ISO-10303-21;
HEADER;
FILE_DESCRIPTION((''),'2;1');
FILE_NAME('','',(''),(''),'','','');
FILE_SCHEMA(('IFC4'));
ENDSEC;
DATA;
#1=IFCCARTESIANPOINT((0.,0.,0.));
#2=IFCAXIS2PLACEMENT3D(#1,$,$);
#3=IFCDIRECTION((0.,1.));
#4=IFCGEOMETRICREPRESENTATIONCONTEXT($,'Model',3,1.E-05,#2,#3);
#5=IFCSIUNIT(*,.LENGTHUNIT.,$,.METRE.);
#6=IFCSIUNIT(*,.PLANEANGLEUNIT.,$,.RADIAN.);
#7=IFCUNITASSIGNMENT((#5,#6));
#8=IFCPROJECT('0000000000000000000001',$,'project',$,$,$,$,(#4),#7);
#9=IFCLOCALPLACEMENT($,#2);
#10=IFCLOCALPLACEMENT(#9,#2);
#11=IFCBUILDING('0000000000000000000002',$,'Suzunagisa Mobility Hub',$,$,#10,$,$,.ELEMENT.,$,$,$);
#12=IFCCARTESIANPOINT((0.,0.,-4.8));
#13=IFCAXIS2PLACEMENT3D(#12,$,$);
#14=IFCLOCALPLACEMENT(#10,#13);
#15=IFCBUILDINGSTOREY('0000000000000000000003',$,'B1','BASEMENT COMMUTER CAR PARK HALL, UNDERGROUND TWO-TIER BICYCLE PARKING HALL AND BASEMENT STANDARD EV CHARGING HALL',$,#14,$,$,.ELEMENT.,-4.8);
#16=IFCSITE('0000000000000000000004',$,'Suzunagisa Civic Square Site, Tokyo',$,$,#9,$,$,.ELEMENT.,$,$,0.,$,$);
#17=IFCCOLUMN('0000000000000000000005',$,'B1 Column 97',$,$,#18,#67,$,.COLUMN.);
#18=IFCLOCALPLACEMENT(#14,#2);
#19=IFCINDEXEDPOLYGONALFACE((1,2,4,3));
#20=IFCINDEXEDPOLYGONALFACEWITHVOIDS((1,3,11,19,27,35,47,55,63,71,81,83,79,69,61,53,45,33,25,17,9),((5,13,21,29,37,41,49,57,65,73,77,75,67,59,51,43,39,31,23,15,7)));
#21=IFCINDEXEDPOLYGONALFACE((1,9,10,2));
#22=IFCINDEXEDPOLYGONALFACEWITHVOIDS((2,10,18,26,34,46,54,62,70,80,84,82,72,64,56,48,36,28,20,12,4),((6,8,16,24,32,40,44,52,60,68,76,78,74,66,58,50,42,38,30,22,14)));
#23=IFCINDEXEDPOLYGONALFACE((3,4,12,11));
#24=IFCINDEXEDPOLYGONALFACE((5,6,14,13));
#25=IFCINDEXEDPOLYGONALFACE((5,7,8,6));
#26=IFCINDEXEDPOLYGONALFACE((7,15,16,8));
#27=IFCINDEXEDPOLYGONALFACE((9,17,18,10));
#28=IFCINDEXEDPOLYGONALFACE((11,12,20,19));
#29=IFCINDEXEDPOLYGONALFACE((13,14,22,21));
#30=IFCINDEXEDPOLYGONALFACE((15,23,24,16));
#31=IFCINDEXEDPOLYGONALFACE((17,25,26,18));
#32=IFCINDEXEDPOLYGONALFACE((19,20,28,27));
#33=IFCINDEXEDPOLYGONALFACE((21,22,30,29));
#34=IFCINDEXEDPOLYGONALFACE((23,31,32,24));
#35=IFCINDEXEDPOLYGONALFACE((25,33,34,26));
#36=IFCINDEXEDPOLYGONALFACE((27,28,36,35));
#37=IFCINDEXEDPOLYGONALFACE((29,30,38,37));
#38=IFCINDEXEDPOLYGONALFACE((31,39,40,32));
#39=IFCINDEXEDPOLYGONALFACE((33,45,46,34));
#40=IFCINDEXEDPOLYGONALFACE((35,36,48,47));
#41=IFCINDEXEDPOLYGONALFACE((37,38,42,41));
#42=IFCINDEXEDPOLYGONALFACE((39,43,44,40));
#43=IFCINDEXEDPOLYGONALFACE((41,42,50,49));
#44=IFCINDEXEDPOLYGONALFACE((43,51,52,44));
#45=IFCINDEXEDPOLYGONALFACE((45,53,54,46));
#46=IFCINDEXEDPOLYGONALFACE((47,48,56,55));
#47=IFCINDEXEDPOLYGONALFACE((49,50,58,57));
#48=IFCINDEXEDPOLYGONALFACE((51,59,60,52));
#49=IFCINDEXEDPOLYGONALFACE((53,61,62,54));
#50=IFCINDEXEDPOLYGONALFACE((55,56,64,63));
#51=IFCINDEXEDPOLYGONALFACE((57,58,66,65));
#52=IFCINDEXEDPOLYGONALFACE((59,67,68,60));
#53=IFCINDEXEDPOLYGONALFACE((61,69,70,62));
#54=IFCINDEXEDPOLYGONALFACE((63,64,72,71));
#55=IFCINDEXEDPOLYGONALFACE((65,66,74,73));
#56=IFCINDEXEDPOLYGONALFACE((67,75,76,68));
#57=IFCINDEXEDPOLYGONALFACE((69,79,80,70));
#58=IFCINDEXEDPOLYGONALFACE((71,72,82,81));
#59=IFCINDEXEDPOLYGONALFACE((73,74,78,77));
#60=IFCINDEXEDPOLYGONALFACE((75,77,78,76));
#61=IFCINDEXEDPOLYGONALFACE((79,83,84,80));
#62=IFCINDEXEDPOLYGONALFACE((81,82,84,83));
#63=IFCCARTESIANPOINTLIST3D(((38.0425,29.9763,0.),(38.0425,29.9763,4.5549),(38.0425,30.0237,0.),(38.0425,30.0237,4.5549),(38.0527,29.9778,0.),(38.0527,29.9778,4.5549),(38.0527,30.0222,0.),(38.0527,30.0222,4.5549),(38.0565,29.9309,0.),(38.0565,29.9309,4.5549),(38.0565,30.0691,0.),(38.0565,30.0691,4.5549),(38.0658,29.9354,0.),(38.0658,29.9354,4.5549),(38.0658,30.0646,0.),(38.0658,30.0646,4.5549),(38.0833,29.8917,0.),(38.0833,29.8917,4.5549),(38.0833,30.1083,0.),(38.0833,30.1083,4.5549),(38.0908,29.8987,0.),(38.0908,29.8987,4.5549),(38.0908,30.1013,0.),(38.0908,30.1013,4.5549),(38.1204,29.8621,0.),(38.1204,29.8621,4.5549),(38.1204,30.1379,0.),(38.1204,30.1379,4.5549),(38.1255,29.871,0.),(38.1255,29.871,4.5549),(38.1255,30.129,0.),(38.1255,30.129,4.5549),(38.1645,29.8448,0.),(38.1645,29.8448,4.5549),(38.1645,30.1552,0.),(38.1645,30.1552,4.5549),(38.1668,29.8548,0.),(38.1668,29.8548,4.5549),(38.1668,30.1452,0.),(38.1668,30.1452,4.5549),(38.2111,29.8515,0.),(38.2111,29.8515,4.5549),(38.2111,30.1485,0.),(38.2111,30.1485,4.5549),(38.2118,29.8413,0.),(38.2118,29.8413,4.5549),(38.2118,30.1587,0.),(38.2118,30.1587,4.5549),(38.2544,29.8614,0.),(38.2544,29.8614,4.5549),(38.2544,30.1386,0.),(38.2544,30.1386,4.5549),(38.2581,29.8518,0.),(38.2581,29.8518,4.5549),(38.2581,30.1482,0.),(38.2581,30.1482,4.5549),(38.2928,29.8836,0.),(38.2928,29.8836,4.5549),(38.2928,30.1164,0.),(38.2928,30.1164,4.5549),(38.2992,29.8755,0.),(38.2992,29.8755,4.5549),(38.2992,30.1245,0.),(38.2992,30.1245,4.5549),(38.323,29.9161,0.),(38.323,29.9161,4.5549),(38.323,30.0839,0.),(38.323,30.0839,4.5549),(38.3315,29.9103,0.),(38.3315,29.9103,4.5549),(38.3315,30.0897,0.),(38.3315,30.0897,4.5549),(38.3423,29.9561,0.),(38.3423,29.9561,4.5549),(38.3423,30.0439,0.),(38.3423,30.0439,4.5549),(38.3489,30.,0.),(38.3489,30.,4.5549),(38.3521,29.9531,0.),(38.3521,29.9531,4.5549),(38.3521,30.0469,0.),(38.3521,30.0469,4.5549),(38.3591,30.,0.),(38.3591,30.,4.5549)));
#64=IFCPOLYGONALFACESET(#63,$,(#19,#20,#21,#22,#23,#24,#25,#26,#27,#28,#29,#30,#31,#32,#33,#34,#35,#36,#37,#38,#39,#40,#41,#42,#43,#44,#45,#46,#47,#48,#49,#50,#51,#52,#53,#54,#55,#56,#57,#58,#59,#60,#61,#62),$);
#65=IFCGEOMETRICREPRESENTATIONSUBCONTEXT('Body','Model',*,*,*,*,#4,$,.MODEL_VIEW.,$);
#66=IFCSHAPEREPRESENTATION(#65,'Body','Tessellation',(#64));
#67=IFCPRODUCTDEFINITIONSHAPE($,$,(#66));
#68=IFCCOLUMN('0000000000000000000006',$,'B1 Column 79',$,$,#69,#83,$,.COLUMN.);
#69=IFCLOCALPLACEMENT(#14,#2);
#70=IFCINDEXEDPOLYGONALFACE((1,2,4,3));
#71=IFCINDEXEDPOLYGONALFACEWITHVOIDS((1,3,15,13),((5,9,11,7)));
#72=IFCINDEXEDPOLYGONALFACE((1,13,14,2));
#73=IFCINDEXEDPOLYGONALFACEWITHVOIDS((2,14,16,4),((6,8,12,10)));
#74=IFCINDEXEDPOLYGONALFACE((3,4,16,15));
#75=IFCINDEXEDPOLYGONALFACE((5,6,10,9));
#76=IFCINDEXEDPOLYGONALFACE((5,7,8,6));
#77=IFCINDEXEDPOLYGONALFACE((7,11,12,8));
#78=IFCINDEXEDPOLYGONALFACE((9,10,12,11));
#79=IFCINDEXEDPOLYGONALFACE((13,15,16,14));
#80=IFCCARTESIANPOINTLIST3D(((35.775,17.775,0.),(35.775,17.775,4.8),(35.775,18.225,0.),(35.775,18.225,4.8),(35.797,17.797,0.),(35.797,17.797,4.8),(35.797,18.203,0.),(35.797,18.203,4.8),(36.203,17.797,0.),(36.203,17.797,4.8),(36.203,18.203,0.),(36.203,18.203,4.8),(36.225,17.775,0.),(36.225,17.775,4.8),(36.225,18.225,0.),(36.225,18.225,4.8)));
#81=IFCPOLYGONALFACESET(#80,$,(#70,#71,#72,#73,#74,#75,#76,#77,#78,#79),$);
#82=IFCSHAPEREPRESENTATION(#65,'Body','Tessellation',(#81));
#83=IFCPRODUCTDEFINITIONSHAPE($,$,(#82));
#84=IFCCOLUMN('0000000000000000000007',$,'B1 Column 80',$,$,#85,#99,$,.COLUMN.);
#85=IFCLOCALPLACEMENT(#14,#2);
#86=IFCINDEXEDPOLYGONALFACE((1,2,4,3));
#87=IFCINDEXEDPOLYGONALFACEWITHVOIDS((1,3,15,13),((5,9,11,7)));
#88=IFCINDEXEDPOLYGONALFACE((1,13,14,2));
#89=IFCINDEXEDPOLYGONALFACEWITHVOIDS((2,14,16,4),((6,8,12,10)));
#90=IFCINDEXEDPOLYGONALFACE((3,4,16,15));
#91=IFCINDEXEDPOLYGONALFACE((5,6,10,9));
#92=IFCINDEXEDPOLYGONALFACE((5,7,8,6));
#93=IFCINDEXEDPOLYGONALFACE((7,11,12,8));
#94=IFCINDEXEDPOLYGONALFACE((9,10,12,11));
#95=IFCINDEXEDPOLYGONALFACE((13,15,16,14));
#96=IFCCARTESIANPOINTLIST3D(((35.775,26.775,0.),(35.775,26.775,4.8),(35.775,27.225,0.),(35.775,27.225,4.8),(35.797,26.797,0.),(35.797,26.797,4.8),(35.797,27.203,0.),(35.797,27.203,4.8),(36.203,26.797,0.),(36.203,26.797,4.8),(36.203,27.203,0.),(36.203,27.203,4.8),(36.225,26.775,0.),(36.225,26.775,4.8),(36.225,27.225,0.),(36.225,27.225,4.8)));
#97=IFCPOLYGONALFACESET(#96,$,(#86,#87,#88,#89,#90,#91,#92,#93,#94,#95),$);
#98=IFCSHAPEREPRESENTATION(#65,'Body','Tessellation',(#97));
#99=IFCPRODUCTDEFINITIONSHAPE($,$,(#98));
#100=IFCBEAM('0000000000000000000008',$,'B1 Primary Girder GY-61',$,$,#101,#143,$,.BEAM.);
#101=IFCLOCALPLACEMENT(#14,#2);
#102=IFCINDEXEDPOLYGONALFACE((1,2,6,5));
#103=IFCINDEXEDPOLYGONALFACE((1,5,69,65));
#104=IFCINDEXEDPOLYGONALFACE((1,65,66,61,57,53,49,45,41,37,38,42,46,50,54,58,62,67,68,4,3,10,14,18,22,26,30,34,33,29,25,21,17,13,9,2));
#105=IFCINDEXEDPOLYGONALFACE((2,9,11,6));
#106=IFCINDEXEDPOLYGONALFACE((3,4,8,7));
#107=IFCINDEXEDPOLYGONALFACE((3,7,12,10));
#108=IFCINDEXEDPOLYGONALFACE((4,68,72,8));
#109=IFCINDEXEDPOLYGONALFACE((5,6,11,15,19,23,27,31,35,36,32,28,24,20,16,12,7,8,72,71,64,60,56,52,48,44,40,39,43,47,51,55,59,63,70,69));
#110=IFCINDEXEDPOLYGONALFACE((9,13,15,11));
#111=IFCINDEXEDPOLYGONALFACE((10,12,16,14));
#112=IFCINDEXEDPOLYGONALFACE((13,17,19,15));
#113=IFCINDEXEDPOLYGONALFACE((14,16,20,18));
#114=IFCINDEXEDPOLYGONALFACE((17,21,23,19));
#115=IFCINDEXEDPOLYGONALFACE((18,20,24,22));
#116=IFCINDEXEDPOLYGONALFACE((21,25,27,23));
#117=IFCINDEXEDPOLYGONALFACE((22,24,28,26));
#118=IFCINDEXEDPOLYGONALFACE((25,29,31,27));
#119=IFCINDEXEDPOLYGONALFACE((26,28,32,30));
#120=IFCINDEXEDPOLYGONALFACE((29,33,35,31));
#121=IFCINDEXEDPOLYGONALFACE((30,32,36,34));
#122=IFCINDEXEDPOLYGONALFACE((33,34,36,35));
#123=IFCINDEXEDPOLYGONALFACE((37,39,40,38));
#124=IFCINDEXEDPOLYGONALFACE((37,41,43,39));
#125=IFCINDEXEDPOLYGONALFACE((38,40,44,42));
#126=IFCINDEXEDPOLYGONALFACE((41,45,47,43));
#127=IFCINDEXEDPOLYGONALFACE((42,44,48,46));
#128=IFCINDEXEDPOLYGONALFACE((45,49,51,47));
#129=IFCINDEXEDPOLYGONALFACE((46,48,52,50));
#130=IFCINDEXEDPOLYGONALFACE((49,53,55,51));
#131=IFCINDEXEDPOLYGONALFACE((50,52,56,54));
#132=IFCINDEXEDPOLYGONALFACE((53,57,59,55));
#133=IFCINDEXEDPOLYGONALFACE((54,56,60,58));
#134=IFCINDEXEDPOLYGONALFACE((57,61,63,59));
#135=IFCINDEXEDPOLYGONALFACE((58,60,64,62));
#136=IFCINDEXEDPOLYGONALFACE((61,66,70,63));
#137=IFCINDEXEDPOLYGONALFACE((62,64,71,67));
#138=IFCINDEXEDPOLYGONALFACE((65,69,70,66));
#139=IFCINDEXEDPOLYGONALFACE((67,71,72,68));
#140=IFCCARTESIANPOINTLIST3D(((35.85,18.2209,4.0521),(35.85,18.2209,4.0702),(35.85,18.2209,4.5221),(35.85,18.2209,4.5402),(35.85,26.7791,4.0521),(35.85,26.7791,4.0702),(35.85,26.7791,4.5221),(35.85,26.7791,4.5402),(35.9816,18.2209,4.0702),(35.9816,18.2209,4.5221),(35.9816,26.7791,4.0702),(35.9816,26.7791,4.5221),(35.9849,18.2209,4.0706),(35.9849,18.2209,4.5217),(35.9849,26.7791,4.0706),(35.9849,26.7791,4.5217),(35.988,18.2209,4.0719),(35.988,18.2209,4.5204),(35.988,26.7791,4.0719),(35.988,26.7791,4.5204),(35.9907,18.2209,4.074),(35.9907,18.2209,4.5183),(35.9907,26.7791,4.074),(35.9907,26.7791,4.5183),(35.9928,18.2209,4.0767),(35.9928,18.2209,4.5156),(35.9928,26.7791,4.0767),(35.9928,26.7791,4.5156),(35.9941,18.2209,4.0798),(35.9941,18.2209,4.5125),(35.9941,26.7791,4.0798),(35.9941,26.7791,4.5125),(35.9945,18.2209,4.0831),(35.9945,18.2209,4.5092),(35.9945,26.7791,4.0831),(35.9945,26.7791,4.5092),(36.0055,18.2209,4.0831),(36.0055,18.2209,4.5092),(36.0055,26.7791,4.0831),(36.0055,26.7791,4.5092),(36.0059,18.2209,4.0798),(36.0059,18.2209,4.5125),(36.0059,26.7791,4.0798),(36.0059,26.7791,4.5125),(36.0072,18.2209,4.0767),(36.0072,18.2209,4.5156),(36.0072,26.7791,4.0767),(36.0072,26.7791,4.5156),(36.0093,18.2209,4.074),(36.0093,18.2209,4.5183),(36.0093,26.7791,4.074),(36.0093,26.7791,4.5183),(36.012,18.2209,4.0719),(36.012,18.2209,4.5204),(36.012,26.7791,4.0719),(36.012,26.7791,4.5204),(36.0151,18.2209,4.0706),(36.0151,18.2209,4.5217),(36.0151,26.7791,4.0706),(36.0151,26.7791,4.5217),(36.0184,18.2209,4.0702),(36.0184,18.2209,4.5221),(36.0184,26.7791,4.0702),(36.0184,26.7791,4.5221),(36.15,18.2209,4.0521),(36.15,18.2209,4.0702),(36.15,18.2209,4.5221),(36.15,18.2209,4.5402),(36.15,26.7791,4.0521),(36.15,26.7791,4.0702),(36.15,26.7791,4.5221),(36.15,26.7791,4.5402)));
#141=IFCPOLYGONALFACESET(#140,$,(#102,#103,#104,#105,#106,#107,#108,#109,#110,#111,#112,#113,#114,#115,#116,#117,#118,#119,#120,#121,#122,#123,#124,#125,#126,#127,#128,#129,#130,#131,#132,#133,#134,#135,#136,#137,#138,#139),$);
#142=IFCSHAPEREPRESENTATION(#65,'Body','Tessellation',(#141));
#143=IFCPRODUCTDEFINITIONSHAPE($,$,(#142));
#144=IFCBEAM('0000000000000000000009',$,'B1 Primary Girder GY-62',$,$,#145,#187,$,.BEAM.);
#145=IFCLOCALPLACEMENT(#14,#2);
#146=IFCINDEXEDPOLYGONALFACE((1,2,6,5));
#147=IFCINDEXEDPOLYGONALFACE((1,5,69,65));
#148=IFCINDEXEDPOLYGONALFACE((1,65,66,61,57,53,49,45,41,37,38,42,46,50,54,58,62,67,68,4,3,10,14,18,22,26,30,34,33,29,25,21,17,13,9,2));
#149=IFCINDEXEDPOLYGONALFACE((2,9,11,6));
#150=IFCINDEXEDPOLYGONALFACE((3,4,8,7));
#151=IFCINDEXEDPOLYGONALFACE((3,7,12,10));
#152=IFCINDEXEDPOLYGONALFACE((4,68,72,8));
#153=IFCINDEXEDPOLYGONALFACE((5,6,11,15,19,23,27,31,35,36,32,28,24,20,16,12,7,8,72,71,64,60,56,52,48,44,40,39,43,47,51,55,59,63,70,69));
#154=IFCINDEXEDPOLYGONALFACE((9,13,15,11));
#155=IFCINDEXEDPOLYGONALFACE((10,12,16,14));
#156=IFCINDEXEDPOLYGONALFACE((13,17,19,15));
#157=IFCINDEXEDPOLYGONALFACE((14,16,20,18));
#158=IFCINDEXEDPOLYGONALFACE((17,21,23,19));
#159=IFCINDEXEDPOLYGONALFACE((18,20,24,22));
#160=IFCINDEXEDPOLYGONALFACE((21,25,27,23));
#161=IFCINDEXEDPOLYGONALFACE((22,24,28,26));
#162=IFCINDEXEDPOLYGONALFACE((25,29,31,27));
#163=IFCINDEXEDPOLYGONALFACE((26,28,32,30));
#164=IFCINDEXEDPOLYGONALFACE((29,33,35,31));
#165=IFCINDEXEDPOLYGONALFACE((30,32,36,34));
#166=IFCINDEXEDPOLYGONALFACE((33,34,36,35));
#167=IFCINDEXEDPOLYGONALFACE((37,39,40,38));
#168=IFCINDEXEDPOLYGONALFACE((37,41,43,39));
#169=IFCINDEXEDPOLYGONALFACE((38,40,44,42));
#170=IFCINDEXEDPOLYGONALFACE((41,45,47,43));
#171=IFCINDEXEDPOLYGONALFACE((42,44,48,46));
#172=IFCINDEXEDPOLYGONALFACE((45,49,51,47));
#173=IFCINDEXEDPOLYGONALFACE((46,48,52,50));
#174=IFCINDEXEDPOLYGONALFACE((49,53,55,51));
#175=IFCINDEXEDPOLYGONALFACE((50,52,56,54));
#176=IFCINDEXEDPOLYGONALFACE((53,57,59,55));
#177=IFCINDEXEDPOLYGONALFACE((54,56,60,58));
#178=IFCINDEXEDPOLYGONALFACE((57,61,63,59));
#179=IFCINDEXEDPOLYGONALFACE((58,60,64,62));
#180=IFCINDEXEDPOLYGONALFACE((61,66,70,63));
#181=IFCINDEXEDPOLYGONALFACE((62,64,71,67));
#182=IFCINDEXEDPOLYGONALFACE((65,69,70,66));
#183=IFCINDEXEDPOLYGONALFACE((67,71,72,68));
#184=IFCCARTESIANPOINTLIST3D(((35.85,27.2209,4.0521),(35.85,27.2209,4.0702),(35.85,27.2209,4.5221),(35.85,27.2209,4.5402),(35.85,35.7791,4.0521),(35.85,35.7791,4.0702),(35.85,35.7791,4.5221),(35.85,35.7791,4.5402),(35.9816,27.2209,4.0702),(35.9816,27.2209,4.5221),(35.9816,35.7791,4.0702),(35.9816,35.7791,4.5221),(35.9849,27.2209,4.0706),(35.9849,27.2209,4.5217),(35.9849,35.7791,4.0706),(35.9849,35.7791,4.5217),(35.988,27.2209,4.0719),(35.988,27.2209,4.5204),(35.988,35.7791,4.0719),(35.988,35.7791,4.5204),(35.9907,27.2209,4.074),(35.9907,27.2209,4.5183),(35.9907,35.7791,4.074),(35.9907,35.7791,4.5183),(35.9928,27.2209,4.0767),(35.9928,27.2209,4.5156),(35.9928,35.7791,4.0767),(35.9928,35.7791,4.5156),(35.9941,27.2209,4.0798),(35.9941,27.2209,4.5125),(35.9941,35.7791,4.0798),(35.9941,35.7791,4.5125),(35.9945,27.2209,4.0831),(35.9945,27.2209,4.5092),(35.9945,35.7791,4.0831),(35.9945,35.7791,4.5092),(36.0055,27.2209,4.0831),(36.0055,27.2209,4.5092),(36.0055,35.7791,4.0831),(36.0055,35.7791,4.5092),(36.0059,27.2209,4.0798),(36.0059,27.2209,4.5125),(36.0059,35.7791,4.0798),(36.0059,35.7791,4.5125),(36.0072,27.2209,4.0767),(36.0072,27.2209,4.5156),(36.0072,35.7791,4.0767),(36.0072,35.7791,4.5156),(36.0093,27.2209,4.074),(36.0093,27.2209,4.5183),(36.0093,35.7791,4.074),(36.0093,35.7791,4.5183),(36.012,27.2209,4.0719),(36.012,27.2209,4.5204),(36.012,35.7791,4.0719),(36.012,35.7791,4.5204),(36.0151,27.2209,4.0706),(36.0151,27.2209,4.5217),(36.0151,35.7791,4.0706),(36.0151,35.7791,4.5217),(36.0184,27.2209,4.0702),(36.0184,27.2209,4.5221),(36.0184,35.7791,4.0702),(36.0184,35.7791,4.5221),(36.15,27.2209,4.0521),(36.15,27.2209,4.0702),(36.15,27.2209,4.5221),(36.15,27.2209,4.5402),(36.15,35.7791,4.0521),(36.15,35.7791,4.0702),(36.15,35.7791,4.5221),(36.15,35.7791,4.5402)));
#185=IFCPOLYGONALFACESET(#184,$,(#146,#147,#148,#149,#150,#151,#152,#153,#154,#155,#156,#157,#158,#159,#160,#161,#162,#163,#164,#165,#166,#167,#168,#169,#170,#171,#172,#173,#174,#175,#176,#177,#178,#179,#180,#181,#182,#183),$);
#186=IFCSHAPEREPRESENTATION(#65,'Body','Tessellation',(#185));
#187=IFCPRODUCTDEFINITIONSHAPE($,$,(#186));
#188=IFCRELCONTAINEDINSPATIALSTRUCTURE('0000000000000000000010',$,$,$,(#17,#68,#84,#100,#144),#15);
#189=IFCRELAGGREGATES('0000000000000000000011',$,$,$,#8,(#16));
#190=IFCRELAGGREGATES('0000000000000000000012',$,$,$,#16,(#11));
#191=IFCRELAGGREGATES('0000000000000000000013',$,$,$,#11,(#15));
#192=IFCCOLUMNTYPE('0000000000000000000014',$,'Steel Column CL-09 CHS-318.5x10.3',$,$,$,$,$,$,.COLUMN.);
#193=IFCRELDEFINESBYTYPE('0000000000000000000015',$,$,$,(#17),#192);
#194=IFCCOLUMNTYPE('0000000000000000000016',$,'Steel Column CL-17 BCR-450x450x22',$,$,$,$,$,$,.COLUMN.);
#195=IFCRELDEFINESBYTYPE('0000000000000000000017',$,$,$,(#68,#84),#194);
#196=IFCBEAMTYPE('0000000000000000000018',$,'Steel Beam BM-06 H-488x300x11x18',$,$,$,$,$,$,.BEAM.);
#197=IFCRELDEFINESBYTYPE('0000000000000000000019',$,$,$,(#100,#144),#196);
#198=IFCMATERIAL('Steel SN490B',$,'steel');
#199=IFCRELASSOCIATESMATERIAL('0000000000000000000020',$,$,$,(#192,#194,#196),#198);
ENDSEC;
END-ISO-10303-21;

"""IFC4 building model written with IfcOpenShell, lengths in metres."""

from ifc_helpers import new_model, si_unit, direction, frame, origin, origin_2d, place, context, subcontext, project, spatial, hollow_rectangle, hollow_circle, i_section, extrude, material, material_profile, profile_set, type_object, element, save


model = new_model("IFC4")

# Units and contexts
model_context = context("Model", 3, precision=1e-05, world=origin(), true_north=direction((0.0, 1.0)))
body_context = subcontext(model_context, "Body", "Model", "MODEL_VIEW")
ifc_project = project(units=[si_unit("LENGTHUNIT", "METRE"), si_unit("PLANEANGLEUNIT", "RADIAN")], contexts=[model_context])

# Site, building, storey
site_placement = place(None, origin())
site = spatial("IfcSite", under=ifc_project, at=site_placement, Name="Suzunagisa Civic Square Site, Tokyo", CompositionType="ELEMENT", RefElevation=0.0)
building_placement = place(site_placement, origin())
building = spatial("IfcBuilding", under=site, at=building_placement, Name="Suzunagisa Mobility Hub", CompositionType="ELEMENT")
storey_placement = place(building_placement, frame((0.0, 0.0, -4.8)))
storey = spatial("IfcBuildingStorey", under=building, at=storey_placement, Name="B1", Description="BASEMENT COMMUTER CAR PARK HALL, UNDERGROUND TWO-TIER BICYCLE PARKING HALL AND BASEMENT STANDARD EV CHARGING HALL", CompositionType="ELEMENT", Elevation=-4.8)

# Columns
ifc_material_1 = material(Name="Steel SN490B", Category="steel")
ifc_material_profile_1 = material_profile(ifc_material_1, hollow_circle(Radius=0.1592, WallThickness=0.0103, at=origin_2d()), Name="CHS-318.5x10.3")
ifc_profile_set_1 = profile_set([ifc_material_profile_1], Name="Steel SN490B")
column_type_1 = type_object("IfcColumnType", Name="Steel Column CL-09 CHS-318.5x10.3", PredefinedType="COLUMN", material=ifc_profile_set_1)
column_placement = place(storey_placement, frame((38.2, 30.0, 0.0), z_axis=(0.0, 0.0, 1.0), x_axis=(1.0, 0.0, 0.0)))
element("IfcColumn", 1, at=column_placement, inside=storey, type_object=column_type_1, Name="B1 Column 97", PredefinedType="COLUMN", context=body_context, shape_type="SweptSolid", body=[
    extrude(hollow_circle(Radius=0.1592, WallThickness=0.0103, at=origin_2d()), origin(), (0.0, 0.0, 1.0), 4.5549),
])
ifc_material_profile_2 = material_profile(ifc_material_1, hollow_rectangle(XDim=0.45, YDim=0.45, WallThickness=0.022, at=origin_2d()), Name="BCR-450x450x22")
ifc_profile_set_2 = profile_set([ifc_material_profile_2], Name="Steel SN490B")
column_type_2 = type_object("IfcColumnType", Name="Steel Column CL-17 BCR-450x450x22", PredefinedType="COLUMN", material=ifc_profile_set_2)
for number, where, z_axis, x_axis, name in (
    (2, (36.0, 18.0, 0.0), (0.0, 0.0, 1.0), (1.0, 0.0, 0.0), "B1 Column 79"),
    (3, (36.0, 27.0, 0.0), (0.0, 0.0, 1.0), (1.0, 0.0, 0.0), "B1 Column 80"),
):
    element("IfcColumn", number, at=place(storey_placement, frame(where, z_axis=z_axis, x_axis=x_axis)), inside=storey, type_object=column_type_2, Name=name, PredefinedType="COLUMN", context=body_context, shape_type="SweptSolid", body=[
        extrude(hollow_rectangle(XDim=0.45, YDim=0.45, WallThickness=0.022, at=origin_2d()), origin(), (0.0, 0.0, 1.0), 4.8),
    ])

# Beams
ifc_material_profile_3 = material_profile(ifc_material_1, i_section(OverallWidth=0.3, OverallDepth=0.488, WebThickness=0.011, FlangeThickness=0.0181, FilletRadius=0.0129, at=origin_2d()), Name="H-488x300x11x18")
ifc_profile_set_3 = profile_set([ifc_material_profile_3], Name="Steel SN490B")
beam_type_1 = type_object("IfcBeamType", Name="Steel Beam BM-06 H-488x300x11x18", PredefinedType="BEAM", material=ifc_profile_set_3)
for number, where, z_axis, x_axis, name in (
    (4, (36.0, 18.2209, 4.2961), (0.0, 1.0, 0.0), (-1.0, 0.0, 0.0), "B1 Primary Girder GY-61"),
    (5, (36.0, 27.2209, 4.2961), (0.0, 1.0, 0.0), (-1.0, 0.0, 0.0), "B1 Primary Girder GY-62"),
):
    element("IfcBeam", number, at=place(storey_placement, frame(where, z_axis=z_axis, x_axis=x_axis)), inside=storey, type_object=beam_type_1, Name=name, PredefinedType="BEAM", context=body_context, shape_type="SweptSolid", body=[
        extrude(i_section(OverallWidth=0.3, OverallDepth=0.488, WebThickness=0.011, FlangeThickness=0.0181, FilletRadius=0.0129, at=origin_2d()), origin(), (0.0, 0.0, 1.0), 8.5581),
    ])

save(model, "model.ifc")
